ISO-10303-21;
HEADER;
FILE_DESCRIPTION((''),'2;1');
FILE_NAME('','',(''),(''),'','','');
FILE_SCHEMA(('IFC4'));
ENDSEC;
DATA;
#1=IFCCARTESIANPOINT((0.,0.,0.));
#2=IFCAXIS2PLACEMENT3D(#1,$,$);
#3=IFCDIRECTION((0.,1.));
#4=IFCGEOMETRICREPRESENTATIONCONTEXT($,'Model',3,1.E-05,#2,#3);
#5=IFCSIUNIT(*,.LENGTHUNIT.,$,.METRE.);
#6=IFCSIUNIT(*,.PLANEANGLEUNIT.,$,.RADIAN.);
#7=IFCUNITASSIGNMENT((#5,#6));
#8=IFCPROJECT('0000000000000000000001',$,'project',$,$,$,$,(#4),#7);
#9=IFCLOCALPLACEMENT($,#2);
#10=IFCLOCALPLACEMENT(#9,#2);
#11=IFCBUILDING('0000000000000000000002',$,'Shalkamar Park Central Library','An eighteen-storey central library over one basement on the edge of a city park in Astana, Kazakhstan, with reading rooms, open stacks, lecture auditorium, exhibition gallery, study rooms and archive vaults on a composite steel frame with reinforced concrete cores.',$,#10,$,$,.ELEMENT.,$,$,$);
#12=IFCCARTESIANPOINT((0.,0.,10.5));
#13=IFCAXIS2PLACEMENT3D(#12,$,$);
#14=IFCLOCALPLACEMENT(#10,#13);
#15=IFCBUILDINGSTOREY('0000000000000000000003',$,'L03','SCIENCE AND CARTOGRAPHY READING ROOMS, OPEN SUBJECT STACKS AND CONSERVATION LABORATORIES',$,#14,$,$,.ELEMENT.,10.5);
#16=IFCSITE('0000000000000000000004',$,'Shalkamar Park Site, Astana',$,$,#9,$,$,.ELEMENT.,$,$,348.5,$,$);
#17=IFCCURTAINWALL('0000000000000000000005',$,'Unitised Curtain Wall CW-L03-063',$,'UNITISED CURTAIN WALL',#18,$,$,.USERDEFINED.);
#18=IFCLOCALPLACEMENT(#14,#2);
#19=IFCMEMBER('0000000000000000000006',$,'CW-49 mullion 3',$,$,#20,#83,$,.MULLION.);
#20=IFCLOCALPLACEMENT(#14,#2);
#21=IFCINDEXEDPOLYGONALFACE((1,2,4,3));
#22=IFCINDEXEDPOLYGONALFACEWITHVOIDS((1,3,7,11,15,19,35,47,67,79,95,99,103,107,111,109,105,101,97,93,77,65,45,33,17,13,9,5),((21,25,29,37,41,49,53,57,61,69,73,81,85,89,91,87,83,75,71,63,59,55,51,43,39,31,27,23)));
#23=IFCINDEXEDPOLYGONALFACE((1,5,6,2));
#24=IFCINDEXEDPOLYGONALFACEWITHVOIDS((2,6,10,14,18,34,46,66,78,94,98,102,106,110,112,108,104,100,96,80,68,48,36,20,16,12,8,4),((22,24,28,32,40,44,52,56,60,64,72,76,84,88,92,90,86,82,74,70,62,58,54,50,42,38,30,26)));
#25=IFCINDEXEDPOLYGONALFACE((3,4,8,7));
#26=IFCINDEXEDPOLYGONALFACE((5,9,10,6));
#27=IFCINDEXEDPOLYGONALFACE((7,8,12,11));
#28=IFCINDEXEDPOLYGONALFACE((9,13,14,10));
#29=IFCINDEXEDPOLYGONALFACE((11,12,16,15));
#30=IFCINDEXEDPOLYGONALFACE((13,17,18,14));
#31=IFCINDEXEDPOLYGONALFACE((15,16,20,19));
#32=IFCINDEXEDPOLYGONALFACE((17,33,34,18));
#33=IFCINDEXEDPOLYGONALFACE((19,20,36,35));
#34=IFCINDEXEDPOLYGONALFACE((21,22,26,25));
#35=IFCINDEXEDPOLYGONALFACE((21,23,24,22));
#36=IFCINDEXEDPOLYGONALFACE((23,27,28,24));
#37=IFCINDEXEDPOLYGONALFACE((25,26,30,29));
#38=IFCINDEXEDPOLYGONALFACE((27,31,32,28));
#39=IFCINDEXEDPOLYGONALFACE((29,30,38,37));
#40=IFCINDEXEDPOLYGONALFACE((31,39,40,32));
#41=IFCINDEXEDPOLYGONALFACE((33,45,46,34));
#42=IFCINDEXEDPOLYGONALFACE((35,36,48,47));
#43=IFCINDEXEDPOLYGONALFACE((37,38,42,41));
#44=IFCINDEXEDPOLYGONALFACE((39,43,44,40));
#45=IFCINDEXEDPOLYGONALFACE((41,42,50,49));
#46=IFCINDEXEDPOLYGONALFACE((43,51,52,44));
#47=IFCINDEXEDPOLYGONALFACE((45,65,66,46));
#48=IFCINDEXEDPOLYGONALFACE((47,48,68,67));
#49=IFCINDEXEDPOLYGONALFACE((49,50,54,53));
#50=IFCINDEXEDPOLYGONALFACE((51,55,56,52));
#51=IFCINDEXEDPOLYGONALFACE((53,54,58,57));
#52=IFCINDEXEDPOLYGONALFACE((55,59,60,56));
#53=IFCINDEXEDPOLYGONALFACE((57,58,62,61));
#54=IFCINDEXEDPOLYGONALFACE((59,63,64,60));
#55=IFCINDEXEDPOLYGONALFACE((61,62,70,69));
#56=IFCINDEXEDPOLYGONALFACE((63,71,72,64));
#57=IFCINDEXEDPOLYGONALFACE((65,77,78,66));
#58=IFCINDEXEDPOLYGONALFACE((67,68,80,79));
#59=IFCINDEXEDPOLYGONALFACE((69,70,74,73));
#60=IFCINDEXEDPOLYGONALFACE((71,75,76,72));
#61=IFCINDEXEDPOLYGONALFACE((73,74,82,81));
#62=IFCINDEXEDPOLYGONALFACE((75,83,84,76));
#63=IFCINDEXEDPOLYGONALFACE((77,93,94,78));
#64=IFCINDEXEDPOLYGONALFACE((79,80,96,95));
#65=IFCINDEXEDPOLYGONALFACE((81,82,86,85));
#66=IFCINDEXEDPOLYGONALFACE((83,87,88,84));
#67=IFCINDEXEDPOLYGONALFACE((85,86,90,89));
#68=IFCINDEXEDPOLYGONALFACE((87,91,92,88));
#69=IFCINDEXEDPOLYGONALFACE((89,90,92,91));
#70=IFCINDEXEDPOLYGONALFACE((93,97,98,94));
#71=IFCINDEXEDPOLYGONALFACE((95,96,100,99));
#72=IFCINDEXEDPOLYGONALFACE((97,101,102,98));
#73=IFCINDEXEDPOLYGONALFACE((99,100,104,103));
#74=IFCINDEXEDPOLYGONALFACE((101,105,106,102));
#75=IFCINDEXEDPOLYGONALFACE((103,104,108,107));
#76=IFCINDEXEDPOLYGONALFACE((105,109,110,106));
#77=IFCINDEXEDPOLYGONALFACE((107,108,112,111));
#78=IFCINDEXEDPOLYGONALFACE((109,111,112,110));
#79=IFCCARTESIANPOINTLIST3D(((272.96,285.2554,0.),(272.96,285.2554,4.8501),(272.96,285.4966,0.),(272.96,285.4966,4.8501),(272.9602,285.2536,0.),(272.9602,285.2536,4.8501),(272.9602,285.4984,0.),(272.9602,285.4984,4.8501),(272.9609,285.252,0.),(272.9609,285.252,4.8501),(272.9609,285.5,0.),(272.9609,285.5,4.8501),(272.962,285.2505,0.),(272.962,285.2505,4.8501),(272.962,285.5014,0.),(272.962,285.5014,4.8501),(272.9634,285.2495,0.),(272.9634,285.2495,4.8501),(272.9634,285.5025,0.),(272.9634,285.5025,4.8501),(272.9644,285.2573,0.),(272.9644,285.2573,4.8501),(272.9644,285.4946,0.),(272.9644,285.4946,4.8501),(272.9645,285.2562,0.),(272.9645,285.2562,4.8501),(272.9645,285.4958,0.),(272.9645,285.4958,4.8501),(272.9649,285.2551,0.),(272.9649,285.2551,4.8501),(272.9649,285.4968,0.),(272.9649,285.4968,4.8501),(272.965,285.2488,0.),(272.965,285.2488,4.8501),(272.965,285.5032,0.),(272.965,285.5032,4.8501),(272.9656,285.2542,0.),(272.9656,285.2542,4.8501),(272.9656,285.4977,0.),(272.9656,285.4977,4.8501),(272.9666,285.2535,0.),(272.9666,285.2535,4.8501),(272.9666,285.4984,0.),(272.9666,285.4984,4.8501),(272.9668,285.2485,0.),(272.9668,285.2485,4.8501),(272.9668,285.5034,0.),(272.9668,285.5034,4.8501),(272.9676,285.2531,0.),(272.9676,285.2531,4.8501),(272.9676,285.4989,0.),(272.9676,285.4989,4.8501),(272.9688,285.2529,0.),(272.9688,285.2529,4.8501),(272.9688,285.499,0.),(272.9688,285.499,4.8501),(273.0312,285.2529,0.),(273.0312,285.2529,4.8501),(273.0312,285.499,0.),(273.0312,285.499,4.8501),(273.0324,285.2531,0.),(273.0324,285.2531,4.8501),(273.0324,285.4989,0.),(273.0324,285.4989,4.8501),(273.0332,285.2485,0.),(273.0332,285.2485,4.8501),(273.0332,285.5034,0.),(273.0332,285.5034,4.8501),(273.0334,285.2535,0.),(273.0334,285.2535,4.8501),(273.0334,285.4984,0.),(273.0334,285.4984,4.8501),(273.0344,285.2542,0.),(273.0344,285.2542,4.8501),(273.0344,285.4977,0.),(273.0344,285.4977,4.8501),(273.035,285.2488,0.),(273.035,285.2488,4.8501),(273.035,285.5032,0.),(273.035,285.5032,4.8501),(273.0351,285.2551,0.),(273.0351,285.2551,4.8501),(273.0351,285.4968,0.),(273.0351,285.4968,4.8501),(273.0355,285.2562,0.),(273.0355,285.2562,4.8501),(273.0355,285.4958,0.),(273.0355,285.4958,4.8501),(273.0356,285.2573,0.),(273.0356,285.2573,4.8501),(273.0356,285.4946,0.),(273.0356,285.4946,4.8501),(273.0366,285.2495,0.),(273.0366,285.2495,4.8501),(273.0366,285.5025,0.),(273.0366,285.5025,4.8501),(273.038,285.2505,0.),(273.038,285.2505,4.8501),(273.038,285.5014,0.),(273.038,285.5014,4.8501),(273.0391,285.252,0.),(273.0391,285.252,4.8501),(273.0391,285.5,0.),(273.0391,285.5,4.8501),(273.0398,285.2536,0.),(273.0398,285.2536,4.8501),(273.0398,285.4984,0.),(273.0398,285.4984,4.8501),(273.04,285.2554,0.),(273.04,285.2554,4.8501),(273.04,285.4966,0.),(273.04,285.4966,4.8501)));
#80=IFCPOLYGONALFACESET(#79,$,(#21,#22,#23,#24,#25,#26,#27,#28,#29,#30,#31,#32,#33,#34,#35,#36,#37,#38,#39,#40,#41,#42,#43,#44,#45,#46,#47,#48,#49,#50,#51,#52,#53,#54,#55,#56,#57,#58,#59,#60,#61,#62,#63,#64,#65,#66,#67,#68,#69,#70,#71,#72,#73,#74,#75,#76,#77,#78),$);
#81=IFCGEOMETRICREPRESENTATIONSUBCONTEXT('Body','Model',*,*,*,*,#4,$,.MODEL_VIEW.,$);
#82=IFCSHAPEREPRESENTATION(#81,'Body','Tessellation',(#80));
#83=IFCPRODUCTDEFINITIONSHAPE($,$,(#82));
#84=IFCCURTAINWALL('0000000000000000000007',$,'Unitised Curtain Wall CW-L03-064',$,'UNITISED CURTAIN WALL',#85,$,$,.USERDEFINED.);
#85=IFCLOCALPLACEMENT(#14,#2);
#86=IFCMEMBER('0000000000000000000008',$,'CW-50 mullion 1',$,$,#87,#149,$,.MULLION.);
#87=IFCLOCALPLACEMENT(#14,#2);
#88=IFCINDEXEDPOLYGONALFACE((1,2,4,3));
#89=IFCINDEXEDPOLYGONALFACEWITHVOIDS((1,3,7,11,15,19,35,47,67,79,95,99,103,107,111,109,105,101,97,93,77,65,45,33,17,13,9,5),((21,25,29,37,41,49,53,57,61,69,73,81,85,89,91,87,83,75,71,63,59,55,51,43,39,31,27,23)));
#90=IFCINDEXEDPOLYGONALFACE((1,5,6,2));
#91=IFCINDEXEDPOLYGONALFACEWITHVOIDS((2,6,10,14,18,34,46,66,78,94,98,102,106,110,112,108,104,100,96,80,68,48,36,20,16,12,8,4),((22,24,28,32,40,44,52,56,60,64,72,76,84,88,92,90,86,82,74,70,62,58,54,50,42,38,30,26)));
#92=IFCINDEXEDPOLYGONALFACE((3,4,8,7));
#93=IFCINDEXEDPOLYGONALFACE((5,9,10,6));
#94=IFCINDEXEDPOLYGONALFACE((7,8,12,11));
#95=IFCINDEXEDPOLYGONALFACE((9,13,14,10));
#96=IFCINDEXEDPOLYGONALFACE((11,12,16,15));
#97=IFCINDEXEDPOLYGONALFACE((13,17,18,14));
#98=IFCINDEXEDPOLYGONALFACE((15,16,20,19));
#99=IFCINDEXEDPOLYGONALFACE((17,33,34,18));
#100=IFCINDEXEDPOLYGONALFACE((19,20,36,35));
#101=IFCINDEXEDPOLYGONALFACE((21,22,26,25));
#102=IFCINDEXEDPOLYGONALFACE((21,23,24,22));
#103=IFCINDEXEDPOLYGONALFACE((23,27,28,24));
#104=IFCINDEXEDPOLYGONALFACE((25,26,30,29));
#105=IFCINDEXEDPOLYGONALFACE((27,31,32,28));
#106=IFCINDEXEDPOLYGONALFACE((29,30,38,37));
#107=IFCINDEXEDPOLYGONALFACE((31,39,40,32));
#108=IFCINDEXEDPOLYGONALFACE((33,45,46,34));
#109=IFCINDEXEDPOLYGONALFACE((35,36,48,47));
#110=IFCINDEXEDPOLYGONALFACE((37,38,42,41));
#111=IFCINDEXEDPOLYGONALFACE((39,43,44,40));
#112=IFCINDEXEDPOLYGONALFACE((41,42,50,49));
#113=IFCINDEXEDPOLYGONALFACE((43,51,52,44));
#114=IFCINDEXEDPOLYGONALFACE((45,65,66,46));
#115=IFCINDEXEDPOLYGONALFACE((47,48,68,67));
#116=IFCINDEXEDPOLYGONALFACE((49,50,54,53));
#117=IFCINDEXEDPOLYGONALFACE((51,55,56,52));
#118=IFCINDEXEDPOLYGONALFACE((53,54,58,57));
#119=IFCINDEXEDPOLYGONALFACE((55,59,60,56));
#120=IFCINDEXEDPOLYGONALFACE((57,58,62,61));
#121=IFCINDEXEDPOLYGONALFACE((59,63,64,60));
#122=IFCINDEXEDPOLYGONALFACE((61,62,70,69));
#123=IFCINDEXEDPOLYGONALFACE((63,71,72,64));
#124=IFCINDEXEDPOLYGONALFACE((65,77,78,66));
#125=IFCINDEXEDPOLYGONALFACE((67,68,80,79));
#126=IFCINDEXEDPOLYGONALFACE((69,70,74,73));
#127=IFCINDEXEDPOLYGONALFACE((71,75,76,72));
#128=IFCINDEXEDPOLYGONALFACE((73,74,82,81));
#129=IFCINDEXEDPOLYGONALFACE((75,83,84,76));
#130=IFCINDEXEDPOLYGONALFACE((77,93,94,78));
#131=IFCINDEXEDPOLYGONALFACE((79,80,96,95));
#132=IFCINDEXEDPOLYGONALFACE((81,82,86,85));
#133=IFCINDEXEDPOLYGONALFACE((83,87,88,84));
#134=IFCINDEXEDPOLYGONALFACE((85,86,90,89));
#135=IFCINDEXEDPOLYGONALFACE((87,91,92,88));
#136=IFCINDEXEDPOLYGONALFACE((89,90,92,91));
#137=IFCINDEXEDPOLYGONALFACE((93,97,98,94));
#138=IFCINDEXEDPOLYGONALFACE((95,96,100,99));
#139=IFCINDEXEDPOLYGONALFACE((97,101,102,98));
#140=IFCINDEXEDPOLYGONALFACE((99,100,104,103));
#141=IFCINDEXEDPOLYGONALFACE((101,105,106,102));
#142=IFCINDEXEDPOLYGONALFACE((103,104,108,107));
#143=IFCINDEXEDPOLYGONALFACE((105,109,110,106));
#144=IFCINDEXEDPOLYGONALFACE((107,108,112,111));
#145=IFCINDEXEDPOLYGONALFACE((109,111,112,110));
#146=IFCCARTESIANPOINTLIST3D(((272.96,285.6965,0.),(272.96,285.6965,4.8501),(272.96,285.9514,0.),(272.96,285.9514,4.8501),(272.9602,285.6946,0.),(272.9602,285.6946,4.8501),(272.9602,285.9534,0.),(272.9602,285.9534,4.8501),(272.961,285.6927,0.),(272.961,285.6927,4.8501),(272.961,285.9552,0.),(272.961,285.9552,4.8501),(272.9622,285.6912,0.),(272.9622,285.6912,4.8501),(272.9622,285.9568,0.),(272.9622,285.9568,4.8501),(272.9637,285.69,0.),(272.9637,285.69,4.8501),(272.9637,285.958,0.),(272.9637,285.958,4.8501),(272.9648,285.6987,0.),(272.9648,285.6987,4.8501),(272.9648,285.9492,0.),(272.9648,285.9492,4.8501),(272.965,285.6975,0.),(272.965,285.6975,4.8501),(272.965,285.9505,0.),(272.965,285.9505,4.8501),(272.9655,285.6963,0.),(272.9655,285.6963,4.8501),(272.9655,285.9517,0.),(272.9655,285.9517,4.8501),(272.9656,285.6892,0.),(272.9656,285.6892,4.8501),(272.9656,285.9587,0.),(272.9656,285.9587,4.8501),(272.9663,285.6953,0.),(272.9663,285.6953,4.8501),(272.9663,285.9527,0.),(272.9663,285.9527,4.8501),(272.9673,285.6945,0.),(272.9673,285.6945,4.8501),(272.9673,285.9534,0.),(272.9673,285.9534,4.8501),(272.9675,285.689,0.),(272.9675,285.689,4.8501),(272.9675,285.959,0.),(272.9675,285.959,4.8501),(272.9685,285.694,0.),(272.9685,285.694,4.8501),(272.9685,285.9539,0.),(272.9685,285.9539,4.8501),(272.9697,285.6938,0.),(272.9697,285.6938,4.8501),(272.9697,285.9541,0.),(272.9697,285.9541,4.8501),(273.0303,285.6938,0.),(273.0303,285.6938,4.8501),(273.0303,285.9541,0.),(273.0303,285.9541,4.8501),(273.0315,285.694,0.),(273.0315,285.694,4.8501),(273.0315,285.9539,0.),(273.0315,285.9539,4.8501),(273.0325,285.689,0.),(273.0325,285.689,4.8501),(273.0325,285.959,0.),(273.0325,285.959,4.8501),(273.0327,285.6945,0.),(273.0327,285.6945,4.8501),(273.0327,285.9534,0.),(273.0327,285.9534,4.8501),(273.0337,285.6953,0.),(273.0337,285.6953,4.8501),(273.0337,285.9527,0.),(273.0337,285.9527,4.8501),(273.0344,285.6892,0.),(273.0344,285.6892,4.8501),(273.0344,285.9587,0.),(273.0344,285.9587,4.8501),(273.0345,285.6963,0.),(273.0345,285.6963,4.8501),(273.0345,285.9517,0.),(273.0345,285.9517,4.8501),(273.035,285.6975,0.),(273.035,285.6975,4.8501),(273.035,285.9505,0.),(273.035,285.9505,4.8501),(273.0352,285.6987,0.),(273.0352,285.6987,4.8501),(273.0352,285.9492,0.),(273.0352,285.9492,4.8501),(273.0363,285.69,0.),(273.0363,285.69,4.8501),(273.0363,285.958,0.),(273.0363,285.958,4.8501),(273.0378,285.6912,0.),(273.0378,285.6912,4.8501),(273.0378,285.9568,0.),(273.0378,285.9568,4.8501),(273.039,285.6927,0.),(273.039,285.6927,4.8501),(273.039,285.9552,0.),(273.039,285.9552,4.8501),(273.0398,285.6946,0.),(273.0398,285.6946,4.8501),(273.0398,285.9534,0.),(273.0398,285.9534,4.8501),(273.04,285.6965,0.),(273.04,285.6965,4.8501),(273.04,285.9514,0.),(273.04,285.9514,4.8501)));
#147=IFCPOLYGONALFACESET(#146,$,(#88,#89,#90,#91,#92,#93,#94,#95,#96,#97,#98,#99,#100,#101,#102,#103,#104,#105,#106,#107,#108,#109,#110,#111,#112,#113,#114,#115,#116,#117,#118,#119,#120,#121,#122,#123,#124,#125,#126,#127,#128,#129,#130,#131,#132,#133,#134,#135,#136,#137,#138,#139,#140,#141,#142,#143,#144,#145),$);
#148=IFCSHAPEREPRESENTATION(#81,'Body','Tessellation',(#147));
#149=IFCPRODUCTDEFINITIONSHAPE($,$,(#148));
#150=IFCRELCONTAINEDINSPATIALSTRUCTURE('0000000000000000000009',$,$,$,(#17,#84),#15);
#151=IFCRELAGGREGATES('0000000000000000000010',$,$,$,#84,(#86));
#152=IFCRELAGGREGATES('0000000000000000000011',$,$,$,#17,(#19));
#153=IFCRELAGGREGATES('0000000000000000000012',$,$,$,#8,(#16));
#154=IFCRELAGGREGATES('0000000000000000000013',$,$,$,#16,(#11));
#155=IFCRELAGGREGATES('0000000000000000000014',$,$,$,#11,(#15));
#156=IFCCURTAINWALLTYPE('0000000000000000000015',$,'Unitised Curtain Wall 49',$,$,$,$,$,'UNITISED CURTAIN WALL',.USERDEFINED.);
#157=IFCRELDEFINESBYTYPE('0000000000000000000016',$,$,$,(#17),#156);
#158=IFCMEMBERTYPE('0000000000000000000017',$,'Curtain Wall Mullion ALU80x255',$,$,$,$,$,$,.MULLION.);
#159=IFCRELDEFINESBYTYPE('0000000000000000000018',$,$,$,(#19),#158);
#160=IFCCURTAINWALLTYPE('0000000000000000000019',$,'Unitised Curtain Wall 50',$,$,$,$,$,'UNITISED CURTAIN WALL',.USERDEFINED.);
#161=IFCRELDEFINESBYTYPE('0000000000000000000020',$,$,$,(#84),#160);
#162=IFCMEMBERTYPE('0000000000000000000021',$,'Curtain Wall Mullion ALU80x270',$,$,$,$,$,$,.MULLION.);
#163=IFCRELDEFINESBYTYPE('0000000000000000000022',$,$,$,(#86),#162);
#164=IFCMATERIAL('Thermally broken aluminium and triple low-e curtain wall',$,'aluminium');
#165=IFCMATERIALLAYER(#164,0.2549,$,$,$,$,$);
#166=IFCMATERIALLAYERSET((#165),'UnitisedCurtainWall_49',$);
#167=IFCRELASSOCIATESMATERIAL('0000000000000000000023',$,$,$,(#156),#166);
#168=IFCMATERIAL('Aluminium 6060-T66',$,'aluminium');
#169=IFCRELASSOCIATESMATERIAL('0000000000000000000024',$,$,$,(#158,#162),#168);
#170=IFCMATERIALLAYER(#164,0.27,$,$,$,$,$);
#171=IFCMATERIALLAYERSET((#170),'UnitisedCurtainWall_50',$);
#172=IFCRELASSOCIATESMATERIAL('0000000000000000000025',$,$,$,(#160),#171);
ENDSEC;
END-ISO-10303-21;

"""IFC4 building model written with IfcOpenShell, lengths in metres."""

from ifc_helpers import new_model, si_unit, direction, frame, origin, origin_2d, place, context, subcontext, project, spatial, hollow_rectangle, extrude, material, layer, layer_set, material_profile, profile_set, type_object, element, aggregate, save


model = new_model("IFC4")

# Units and contexts
model_context = context("Model", 3, precision=1e-05, world=origin(), true_north=direction((0.0, 1.0)))
body_context = subcontext(model_context, "Body", "Model", "MODEL_VIEW")
ifc_project = project(units=[si_unit("LENGTHUNIT", "METRE"), si_unit("PLANEANGLEUNIT", "RADIAN")], contexts=[model_context])

# Site, building, storey
site_placement = place(None, origin())
site = spatial("IfcSite", under=ifc_project, at=site_placement, Name="Shalkamar Park Site, Astana", CompositionType="ELEMENT", RefElevation=348.5)
building_placement = place(site_placement, origin())
building = spatial("IfcBuilding", under=site, at=building_placement, Name="Shalkamar Park Central Library", Description="An eighteen-storey central library over one basement on the edge of a city park in Astana, Kazakhstan, with reading rooms, open stacks, lecture auditorium, exhibition gallery, study rooms and archive vaults on a composite steel frame with reinforced concrete cores.", CompositionType="ELEMENT")
storey_placement = place(building_placement, frame((0.0, 0.0, 10.5)))
storey = spatial("IfcBuildingStorey", under=building, at=storey_placement, Name="L03", Description="SCIENCE AND CARTOGRAPHY READING ROOMS, OPEN SUBJECT STACKS AND CONSERVATION LABORATORIES", CompositionType="ELEMENT", Elevation=10.5)

# Curtain wall, member
ifc_material_1 = material(Name="Thermally broken aluminium and triple low-e curtain wall", Category="aluminium")
ifc_layer_1 = layer(ifc_material_1, 0.2549)
ifc_layer_set_1 = layer_set([ifc_layer_1], Name="UnitisedCurtainWall_49")
curtain_wall_type_1 = type_object("IfcCurtainWallType", Name="Unitised Curtain Wall 49", ElementType="UNITISED CURTAIN WALL", PredefinedType="USERDEFINED", material=ifc_layer_set_1)
curtain_wall_1_placement = place(storey_placement, origin())
curtain_wall_1 = element("IfcCurtainWall", 1, at=curtain_wall_1_placement, inside=storey, type_object=curtain_wall_type_1, Name="Unitised Curtain Wall CW-L03-063", ObjectType="UNITISED CURTAIN WALL", PredefinedType="USERDEFINED")
ifc_material_2 = material(Name="Aluminium 6060-T66", Category="aluminium")
ifc_material_profile_1 = material_profile(ifc_material_2, hollow_rectangle(XDim=0.0801, YDim=0.2549, WallThickness=0.0044, InnerFilletRadius=0.0044, OuterFilletRadius=0.0068, at=origin_2d()), Name="ALU 80x255x4.5")
ifc_profile_set_1 = profile_set([ifc_material_profile_1], Name="Aluminium 6060-T66")
member_type_1 = type_object("IfcMemberType", Name="Curtain Wall Mullion ALU80x255", PredefinedType="MULLION", material=ifc_profile_set_1)
member_1_placement = place(storey_placement, frame((273.0, 285.376, 0.0), z_axis=(0.0, 0.0, 1.0), x_axis=(-1.0, 0.0, 0.0)))
member_1 = element("IfcMember", 2, at=member_1_placement, type_object=member_type_1, Name="CW-49 mullion 3", PredefinedType="MULLION", context=body_context, shape_type="SweptSolid", body=[
    extrude(hollow_rectangle(XDim=0.0801, YDim=0.2549, WallThickness=0.0044, InnerFilletRadius=0.0044, OuterFilletRadius=0.0068, at=origin_2d()), origin(), (0.0, 0.0, 1.0), 4.8501),
])

# Curtain wall, member
ifc_layer_2 = layer(ifc_material_1, 0.27)
ifc_layer_set_2 = layer_set([ifc_layer_2], Name="UnitisedCurtainWall_50")
curtain_wall_type_2 = type_object("IfcCurtainWallType", Name="Unitised Curtain Wall 50", ElementType="UNITISED CURTAIN WALL", PredefinedType="USERDEFINED", material=ifc_layer_set_2)
curtain_wall_2_placement = place(storey_placement, origin())
curtain_wall_2 = element("IfcCurtainWall", 3, at=curtain_wall_2_placement, inside=storey, type_object=curtain_wall_type_2, Name="Unitised Curtain Wall CW-L03-064", ObjectType="UNITISED CURTAIN WALL", PredefinedType="USERDEFINED")
ifc_material_profile_2 = material_profile(ifc_material_2, hollow_rectangle(XDim=0.0801, YDim=0.27, WallThickness=0.0049, InnerFilletRadius=0.0049, OuterFilletRadius=0.0076, at=origin_2d()), Name="ALU 80x270x5")
ifc_profile_set_2 = profile_set([ifc_material_profile_2], Name="Aluminium 6060-T66")
member_type_2 = type_object("IfcMemberType", Name="Curtain Wall Mullion ALU80x270", PredefinedType="MULLION", material=ifc_profile_set_2)
member_2_placement = place(storey_placement, frame((273.0, 285.824, 0.0), z_axis=(0.0, 0.0, 1.0), x_axis=(-1.0, 0.0, 0.0)))
member_2 = element("IfcMember", 4, at=member_2_placement, type_object=member_type_2, Name="CW-50 mullion 1", PredefinedType="MULLION", context=body_context, shape_type="SweptSolid", body=[
    extrude(hollow_rectangle(XDim=0.0801, YDim=0.27, WallThickness=0.0049, InnerFilletRadius=0.0049, OuterFilletRadius=0.0076, at=origin_2d()), origin(), (0.0, 0.0, 1.0), 4.8501),
])

aggregate(curtain_wall_2, [member_2])
aggregate(curtain_wall_1, [member_1])

save(model, "model.ifc")
